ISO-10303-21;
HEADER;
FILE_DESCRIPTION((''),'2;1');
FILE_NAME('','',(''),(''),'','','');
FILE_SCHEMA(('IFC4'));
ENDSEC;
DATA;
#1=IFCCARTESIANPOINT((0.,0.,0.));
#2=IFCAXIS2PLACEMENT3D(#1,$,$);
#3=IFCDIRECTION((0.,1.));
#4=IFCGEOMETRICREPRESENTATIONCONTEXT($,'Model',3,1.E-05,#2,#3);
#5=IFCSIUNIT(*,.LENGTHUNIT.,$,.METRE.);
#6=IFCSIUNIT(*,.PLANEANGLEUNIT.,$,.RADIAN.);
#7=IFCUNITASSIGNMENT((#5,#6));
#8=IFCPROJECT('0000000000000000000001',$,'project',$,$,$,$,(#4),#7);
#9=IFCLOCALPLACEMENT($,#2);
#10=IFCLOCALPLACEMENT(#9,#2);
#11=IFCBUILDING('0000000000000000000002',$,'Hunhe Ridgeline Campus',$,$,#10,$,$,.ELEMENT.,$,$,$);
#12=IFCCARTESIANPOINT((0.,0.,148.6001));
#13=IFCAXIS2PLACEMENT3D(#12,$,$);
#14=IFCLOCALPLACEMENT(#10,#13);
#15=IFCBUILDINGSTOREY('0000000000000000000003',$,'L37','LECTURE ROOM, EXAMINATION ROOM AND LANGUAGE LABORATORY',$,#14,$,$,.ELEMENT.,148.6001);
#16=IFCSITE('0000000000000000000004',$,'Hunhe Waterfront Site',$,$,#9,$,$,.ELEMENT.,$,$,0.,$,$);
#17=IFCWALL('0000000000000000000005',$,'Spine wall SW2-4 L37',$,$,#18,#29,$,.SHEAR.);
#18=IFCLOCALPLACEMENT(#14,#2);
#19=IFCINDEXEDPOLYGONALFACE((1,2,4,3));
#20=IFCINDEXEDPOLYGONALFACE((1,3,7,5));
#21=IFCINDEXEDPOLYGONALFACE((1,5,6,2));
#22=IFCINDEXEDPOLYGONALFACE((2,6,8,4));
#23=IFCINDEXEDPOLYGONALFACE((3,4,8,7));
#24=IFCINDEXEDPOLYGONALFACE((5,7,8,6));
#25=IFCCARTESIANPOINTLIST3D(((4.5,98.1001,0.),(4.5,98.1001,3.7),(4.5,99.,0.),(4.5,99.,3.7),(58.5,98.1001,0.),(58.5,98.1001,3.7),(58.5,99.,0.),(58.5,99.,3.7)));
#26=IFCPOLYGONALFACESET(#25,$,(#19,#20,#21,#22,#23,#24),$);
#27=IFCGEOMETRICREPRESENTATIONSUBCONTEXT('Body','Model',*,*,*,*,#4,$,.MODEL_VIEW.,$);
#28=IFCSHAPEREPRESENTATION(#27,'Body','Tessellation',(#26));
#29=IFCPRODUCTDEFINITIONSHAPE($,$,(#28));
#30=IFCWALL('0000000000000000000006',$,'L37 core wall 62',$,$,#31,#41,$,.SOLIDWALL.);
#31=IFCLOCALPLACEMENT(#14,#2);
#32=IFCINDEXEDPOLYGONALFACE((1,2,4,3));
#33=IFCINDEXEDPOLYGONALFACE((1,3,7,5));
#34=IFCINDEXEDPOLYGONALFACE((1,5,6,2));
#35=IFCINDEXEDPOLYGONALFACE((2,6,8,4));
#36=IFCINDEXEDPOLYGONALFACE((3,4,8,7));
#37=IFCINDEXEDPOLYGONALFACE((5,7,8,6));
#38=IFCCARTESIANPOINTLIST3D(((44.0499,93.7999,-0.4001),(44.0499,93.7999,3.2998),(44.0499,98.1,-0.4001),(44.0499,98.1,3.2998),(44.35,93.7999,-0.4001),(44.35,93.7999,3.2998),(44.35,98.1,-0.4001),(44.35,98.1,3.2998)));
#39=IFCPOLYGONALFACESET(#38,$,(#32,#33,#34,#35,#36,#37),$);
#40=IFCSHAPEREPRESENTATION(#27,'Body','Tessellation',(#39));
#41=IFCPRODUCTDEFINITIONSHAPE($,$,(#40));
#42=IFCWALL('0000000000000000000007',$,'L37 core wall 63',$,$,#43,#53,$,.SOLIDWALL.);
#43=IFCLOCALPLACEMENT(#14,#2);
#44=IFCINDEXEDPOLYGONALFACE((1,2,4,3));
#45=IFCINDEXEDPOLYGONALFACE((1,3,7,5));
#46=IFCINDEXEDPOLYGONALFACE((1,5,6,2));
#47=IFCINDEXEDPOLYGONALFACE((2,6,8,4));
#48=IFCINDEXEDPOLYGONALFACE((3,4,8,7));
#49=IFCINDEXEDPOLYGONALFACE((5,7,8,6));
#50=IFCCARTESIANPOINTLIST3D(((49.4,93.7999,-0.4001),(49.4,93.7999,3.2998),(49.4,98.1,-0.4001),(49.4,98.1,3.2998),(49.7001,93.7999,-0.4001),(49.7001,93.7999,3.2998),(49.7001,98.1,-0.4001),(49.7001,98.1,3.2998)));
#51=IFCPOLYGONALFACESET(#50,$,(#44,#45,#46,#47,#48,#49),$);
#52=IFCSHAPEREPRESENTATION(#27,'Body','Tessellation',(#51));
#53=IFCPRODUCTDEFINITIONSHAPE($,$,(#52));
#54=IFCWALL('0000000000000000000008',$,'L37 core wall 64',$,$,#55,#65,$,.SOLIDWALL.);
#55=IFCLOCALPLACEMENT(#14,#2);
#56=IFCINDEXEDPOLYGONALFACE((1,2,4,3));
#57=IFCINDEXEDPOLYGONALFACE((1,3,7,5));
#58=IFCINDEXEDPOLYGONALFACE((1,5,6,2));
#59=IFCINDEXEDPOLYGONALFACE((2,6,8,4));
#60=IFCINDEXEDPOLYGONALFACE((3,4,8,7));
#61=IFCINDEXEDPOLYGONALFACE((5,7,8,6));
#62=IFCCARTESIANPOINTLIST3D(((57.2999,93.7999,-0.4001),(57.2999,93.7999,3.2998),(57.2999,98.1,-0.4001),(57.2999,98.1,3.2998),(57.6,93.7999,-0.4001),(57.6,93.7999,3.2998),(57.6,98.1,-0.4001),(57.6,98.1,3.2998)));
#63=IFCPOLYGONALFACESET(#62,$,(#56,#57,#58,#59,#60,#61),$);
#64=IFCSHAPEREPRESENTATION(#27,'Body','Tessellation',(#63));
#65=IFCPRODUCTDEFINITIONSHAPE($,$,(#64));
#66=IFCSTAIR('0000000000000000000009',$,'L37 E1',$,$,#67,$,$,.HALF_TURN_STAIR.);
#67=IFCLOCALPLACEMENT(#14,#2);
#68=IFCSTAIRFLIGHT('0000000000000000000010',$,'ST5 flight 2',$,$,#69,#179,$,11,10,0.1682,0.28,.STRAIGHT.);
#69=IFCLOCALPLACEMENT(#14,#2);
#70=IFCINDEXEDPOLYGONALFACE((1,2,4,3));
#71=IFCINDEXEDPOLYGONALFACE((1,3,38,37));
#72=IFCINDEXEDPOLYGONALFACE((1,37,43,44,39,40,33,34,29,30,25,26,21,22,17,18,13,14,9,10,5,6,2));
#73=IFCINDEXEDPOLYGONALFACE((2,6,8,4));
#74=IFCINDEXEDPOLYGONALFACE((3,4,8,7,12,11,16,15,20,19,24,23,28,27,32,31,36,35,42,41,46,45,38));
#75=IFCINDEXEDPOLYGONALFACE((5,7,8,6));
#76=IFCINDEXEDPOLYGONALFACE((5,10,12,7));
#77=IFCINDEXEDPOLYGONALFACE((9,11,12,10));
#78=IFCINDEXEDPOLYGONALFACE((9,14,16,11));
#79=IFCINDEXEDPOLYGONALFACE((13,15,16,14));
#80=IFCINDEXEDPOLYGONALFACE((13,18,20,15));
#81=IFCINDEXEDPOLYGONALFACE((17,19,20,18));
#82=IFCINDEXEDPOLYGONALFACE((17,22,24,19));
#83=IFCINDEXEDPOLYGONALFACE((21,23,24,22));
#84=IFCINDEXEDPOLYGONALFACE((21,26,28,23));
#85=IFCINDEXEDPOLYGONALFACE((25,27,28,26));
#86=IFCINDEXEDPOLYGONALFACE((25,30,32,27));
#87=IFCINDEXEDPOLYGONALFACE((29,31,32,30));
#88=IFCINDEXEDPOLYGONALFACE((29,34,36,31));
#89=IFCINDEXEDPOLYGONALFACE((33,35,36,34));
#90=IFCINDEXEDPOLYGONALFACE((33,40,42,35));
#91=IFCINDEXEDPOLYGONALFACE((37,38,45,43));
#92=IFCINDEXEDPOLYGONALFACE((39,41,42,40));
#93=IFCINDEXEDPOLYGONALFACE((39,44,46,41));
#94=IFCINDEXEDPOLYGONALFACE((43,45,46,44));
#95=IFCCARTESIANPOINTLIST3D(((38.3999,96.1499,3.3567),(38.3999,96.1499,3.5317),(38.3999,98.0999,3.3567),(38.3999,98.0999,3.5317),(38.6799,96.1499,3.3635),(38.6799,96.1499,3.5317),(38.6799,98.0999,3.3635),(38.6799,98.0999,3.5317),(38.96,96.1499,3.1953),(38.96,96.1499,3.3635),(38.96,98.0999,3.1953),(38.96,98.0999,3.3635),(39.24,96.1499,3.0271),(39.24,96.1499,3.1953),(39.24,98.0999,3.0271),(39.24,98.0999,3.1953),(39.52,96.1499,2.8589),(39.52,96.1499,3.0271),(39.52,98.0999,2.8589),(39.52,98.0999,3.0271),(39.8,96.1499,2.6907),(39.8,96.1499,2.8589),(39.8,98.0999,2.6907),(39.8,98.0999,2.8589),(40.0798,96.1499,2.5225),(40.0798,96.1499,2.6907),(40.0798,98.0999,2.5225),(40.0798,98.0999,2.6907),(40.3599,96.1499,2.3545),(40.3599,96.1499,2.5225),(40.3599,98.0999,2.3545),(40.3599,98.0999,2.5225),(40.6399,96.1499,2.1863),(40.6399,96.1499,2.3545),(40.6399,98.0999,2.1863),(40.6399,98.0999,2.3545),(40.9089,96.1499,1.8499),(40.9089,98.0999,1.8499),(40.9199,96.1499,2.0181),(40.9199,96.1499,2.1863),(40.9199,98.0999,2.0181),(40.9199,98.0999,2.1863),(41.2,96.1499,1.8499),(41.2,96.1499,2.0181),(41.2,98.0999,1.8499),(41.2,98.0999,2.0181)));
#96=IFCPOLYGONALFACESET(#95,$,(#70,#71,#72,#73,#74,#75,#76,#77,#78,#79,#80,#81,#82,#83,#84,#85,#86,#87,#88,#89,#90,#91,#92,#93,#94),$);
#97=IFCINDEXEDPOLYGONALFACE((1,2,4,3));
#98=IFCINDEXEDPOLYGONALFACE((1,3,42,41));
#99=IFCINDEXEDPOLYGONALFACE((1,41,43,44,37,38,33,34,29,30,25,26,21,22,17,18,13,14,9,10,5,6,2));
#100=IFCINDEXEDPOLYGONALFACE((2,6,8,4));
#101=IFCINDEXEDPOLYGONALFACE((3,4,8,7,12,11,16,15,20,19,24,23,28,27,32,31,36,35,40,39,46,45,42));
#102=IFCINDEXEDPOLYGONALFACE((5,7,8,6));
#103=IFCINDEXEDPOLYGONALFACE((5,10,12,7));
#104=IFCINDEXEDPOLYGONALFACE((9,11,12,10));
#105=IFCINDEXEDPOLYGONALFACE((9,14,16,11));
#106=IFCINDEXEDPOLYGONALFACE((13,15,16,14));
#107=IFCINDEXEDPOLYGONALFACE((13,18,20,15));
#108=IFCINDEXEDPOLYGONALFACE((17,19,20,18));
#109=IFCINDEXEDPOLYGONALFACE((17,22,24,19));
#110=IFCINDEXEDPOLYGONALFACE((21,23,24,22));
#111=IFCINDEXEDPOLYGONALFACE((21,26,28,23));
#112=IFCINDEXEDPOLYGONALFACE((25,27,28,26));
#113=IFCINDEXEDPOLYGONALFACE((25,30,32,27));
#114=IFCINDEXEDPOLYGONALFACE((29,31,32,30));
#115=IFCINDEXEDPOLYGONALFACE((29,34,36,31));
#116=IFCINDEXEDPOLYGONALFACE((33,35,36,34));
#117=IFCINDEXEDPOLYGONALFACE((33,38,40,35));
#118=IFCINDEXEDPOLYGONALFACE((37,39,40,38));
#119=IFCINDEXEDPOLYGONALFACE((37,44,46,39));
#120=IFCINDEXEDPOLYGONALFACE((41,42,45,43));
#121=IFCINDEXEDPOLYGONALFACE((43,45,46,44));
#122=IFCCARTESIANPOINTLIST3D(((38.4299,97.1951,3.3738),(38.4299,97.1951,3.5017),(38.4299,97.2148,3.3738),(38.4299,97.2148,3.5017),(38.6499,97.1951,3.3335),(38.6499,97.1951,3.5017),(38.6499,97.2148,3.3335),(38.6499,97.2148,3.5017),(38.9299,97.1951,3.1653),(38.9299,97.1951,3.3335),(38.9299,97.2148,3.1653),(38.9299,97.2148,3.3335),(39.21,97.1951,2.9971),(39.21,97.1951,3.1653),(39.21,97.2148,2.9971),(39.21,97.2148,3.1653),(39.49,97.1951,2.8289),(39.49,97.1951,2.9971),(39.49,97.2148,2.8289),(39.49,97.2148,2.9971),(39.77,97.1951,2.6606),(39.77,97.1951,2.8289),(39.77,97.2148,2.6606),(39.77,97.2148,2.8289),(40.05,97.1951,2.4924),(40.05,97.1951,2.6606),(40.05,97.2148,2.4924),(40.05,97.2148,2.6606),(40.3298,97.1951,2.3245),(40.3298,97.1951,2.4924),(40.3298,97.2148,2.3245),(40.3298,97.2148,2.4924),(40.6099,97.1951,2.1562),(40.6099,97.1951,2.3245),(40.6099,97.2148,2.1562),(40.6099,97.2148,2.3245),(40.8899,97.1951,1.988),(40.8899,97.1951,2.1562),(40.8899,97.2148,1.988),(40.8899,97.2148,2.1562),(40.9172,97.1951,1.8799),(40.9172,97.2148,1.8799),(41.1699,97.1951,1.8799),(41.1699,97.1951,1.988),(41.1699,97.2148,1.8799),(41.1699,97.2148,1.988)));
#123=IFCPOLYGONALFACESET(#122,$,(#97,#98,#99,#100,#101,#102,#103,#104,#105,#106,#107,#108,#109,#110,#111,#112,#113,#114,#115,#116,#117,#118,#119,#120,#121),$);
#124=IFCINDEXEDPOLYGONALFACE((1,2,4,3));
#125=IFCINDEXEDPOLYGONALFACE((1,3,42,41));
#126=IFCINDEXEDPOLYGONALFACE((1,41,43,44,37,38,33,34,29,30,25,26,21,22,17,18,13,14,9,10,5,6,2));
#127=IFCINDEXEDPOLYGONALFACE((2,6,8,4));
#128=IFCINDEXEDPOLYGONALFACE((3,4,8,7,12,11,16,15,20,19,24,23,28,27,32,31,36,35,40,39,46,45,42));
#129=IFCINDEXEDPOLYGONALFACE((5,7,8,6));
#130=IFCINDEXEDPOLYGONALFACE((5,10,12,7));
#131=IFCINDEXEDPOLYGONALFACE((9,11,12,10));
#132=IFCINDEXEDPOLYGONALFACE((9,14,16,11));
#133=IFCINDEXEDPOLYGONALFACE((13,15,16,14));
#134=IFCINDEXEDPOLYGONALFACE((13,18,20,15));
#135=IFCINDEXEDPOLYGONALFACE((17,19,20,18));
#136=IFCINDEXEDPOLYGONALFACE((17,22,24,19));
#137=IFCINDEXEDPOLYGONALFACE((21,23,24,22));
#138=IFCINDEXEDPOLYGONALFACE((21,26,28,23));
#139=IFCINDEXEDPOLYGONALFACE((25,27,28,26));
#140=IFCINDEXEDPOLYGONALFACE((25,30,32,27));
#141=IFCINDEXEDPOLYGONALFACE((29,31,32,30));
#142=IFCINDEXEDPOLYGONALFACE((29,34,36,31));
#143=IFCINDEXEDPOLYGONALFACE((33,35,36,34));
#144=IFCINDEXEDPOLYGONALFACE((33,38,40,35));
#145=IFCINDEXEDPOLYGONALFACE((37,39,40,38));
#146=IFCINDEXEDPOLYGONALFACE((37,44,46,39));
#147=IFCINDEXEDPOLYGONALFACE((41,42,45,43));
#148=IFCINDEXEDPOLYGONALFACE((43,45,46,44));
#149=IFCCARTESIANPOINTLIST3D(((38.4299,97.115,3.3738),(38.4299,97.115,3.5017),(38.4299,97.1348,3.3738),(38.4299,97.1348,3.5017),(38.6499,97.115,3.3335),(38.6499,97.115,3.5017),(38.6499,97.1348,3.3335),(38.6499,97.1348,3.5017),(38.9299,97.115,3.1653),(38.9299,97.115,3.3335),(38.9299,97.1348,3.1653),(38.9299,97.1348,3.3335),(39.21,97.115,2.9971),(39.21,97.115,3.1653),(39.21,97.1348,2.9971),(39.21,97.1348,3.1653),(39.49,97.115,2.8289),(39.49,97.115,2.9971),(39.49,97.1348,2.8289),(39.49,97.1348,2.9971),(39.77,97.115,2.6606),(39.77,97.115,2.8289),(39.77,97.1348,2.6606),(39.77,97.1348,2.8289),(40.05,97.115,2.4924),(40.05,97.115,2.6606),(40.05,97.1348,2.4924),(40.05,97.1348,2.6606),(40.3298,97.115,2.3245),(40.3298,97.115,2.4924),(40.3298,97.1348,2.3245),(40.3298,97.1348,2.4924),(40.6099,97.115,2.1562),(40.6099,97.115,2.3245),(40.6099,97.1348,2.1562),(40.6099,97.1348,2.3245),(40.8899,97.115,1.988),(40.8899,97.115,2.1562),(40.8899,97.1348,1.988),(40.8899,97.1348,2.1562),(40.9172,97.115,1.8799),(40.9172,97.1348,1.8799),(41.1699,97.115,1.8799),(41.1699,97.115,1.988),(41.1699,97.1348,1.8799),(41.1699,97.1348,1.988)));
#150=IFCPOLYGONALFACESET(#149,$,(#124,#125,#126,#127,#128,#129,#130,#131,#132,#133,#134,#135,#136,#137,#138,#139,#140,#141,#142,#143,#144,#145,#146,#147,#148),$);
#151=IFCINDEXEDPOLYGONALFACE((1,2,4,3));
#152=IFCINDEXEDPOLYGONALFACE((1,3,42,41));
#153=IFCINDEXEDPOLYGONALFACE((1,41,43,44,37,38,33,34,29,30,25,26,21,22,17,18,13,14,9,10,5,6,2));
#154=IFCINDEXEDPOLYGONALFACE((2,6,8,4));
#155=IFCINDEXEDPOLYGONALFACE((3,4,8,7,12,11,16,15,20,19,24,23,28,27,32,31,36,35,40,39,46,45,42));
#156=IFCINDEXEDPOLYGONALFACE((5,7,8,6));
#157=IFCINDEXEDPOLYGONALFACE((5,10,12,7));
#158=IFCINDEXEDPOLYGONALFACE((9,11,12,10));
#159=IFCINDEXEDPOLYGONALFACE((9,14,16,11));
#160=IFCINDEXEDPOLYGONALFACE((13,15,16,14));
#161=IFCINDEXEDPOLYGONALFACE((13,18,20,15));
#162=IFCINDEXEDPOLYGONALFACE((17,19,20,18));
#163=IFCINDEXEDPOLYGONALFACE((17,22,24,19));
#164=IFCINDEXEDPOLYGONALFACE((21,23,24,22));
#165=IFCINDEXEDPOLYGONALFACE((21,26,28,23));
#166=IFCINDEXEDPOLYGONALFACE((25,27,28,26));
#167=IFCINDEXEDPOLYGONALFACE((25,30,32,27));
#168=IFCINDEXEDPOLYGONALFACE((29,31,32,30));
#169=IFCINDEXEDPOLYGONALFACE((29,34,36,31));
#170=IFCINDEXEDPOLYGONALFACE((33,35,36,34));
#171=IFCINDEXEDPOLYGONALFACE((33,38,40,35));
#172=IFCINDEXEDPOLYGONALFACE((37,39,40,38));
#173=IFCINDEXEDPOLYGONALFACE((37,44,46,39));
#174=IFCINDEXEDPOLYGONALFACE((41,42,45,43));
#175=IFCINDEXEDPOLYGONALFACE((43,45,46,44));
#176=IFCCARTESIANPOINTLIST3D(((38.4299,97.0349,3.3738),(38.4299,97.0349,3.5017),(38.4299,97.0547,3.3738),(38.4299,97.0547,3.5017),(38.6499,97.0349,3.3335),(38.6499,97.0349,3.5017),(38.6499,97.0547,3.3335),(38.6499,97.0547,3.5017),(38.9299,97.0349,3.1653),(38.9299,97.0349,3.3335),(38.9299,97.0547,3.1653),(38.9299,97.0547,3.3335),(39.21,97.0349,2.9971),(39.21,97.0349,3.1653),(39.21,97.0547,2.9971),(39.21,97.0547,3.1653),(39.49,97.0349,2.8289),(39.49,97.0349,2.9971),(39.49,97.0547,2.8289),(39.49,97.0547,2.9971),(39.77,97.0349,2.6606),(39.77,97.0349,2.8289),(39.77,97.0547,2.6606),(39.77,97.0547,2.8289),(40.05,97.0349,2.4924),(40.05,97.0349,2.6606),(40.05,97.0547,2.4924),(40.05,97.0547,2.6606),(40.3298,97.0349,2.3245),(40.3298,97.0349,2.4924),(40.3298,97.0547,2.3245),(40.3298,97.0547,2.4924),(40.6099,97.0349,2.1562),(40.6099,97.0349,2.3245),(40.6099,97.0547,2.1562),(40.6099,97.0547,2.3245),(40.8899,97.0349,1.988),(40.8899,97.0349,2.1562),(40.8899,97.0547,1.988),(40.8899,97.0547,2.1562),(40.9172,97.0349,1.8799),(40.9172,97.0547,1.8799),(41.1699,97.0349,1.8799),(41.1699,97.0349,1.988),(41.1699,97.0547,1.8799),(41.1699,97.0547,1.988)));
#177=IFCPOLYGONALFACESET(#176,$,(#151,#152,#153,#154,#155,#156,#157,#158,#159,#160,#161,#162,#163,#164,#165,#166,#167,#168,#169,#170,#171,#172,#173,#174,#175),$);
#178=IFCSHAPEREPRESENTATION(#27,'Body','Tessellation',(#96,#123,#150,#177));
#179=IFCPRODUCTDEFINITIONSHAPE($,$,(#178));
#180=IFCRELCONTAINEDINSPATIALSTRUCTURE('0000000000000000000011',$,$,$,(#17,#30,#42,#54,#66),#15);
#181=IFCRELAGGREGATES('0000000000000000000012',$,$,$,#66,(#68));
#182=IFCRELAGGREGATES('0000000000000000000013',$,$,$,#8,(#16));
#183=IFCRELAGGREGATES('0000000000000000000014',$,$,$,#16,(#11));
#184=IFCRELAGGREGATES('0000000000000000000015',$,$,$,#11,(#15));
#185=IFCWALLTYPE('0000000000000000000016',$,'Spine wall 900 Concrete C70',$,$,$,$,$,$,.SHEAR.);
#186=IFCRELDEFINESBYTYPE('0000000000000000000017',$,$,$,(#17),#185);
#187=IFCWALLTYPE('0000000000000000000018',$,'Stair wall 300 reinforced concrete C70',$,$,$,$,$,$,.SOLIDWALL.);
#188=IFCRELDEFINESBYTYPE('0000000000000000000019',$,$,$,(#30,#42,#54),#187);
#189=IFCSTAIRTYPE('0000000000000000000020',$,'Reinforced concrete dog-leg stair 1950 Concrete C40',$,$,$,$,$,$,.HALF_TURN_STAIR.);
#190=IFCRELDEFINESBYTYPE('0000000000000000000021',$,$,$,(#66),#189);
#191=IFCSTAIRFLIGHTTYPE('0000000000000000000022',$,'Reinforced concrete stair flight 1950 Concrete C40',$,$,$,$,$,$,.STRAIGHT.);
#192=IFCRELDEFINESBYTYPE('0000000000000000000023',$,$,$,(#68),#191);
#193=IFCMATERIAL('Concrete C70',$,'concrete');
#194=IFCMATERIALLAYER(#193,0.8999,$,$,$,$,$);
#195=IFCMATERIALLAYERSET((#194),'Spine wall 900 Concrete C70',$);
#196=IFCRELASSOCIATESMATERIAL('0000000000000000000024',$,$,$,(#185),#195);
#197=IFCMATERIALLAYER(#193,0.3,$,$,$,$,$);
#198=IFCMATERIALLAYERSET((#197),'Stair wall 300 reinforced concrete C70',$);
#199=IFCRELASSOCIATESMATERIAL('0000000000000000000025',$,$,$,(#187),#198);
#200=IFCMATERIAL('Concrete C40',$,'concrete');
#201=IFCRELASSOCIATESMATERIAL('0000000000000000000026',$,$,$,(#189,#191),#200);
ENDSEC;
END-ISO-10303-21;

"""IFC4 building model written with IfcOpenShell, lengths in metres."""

from ifc_helpers import new_model, si_unit, direction, frame, frame_2d, origin, place, context, subcontext, project, spatial, polyline, rectangle, outline, extrude, material, layer, layer_set, type_object, element, aggregate, save


model = new_model("IFC4")

# Units and contexts
model_context = context("Model", 3, precision=1e-05, world=origin(), true_north=direction((0.0, 1.0)))
body_context = subcontext(model_context, "Body", "Model", "MODEL_VIEW")
ifc_project = project(units=[si_unit("LENGTHUNIT", "METRE"), si_unit("PLANEANGLEUNIT", "RADIAN")], contexts=[model_context])

# Site, building, storey
site_placement = place(None, origin())
site = spatial("IfcSite", under=ifc_project, at=site_placement, Name="Hunhe Waterfront Site", CompositionType="ELEMENT", RefElevation=0.0)
building_placement = place(site_placement, origin())
building = spatial("IfcBuilding", under=site, at=building_placement, Name="Hunhe Ridgeline Campus", CompositionType="ELEMENT")
storey_placement = place(building_placement, frame((0.0, 0.0, 148.6001)))
storey = spatial("IfcBuildingStorey", under=building, at=storey_placement, Name="L37", Description="LECTURE ROOM, EXAMINATION ROOM AND LANGUAGE LABORATORY", CompositionType="ELEMENT", Elevation=148.6001)

# Shared definitions
ifc_material_1 = material(Name="Concrete C70", Category="concrete")

# Wall
ifc_layer_1 = layer(ifc_material_1, 0.8999)
ifc_layer_set_1 = layer_set([ifc_layer_1], Name="Spine wall 900 Concrete C70")
wall_type_1 = type_object("IfcWallType", Name="Spine wall 900 Concrete C70", PredefinedType="SHEAR", material=ifc_layer_set_1)
wall_1_placement = place(storey_placement, frame((58.5, 98.55, 0.0), z_axis=(0.0, 0.0, 1.0), x_axis=(-1.0, 0.0, 0.0)))
element("IfcWall", 1, at=wall_1_placement, inside=storey, type_object=wall_type_1, Name="Spine wall SW2-4 L37", PredefinedType="SHEAR", context=body_context, shape_type="SweptSolid", body=[
    extrude(rectangle(XDim=54.0, YDim=0.8999, at=frame_2d((27.0, 0.0))), origin(), (0.0, 0.0, 1.0), 3.7),
])

# Shared definitions
ifc_layer_2 = layer(ifc_material_1, 0.3)
ifc_layer_set_2 = layer_set([ifc_layer_2], Name="Stair wall 300 reinforced concrete C70")
wall_type_2 = type_object("IfcWallType", Name="Stair wall 300 reinforced concrete C70", PredefinedType="SOLIDWALL", material=ifc_layer_set_2)

# Walls
for number, where, z_axis, x_axis, name in (
    (2, (44.2, 93.8, -0.4001), (0.0, 0.0, 1.0), (0.0, 1.0, 0.0), "L37 core wall 62"),
    (3, (49.55, 93.8, -0.4001), (0.0, 0.0, 1.0), (0.0, 1.0, 0.0), "L37 core wall 63"),
    (4, (57.45, 93.8, -0.4001), (0.0, 0.0, 1.0), (0.0, 1.0, 0.0), "L37 core wall 64"),
):
    element("IfcWall", number, at=place(storey_placement, frame(where, z_axis=z_axis, x_axis=x_axis)), inside=storey, type_object=wall_type_2, Name=name, PredefinedType="SOLIDWALL", context=body_context, shape_type="SweptSolid", body=[
        extrude(rectangle(XDim=4.3, YDim=0.3, at=frame_2d((2.1499, 0.0))), origin(), (0.0, 0.0, 1.0), 3.7),
    ])

# Stair, stair flight
ifc_material_2 = material(Name="Concrete C40", Category="concrete")
stair_type = type_object("IfcStairType", Name="Reinforced concrete dog-leg stair 1950 Concrete C40", PredefinedType="HALF_TURN_STAIR", material=ifc_material_2)
stair_1_placement = place(storey_placement, origin())
stair_1 = element("IfcStair", 5, at=stair_1_placement, inside=storey, type_object=stair_type, Name="L37 E1", PredefinedType="HALF_TURN_STAIR")
stair_flight_type = type_object("IfcStairFlightType", Name="Reinforced concrete stair flight 1950 Concrete C40", PredefinedType="STRAIGHT", material=ifc_material_2)
stair_flight_1_placement = place(storey_placement, frame((41.2, 97.125, 1.8499), z_axis=(0.0, 0.0, 1.0), x_axis=(-1.0, 0.0, 0.0)))
stair_flight_1 = element("IfcStairFlight", 6, at=stair_flight_1_placement, type_object=stair_flight_type, Name="ST5 flight 2", NumberOfRisers=11, NumberOfTreads=10, PredefinedType="STRAIGHT", RiserHeight=0.1682, TreadLength=0.28, context=body_context, shape_type="SweptSolid", body=[
    extrude(outline(polyline([(0.0, 0.0), (0.0, 0.1682), (0.28, 0.1682), (0.28, 0.3364), (0.5601, 0.3364), (0.5601, 0.5046), (0.8401, 0.5046), (0.8401, 0.6726), (1.1201, 0.6726), (1.1201, 0.8408), (1.3999, 0.8408), (1.3999, 1.009), (1.6799, 1.009), (1.6799, 1.1772), (1.96, 1.1772), (1.96, 1.3455), (2.24, 1.3455), (2.24, 1.5137), (2.52, 1.5137), (2.52, 1.6819), (2.8, 1.6819), (2.8, 1.8501), (2.8, 1.5068), (0.291, 0.0), (0.0, 0.0)])), frame((0.0, 0.9751, 0.0), z_axis=(0.0, -1.0, 0.0), x_axis=(1.0, 0.0, 0.0)), (0.0, 0.0, 1.0), 1.95),
    extrude(outline(polyline([(0.03, 0.03), (0.03, 0.1382), (0.3101, 0.1382), (0.3101, 0.3064), (0.5901, 0.3064), (0.5901, 0.4746), (0.8701, 0.4746), (0.8701, 0.6426), (1.1499, 0.6426), (1.1499, 0.8108), (1.4299, 0.8108), (1.4299, 0.979), (1.71, 0.979), (1.71, 1.1472), (1.99, 1.1472), (1.99, 1.3154), (2.27, 1.3154), (2.27, 1.4836), (2.55, 1.4836), (2.55, 1.6519), (2.77, 1.6519), (2.77, 1.5239), (0.2827, 0.03), (0.03, 0.03)])), frame((0.0, -0.0701, 0.0), z_axis=(0.0, -1.0, 0.0), x_axis=(1.0, 0.0, 0.0)), (0.0, 0.0, 1.0), 0.0198),
    extrude(outline(polyline([(0.03, 0.03), (0.03, 0.1382), (0.3101, 0.1382), (0.3101, 0.3064), (0.5901, 0.3064), (0.5901, 0.4746), (0.8701, 0.4746), (0.8701, 0.6426), (1.1499, 0.6426), (1.1499, 0.8108), (1.4299, 0.8108), (1.4299, 0.979), (1.71, 0.979), (1.71, 1.1472), (1.99, 1.1472), (1.99, 1.3154), (2.27, 1.3154), (2.27, 1.4836), (2.55, 1.4836), (2.55, 1.6519), (2.77, 1.6519), (2.77, 1.5239), (0.2827, 0.03), (0.03, 0.03)])), frame((0.0, 0.01, 0.0), z_axis=(0.0, -1.0, 0.0), x_axis=(1.0, 0.0, 0.0)), (0.0, 0.0, 1.0), 0.0198),
    extrude(outline(polyline([(0.03, 0.03), (0.03, 0.1382), (0.3101, 0.1382), (0.3101, 0.3064), (0.5901, 0.3064), (0.5901, 0.4746), (0.8701, 0.4746), (0.8701, 0.6426), (1.1499, 0.6426), (1.1499, 0.8108), (1.4299, 0.8108), (1.4299, 0.979), (1.71, 0.979), (1.71, 1.1472), (1.99, 1.1472), (1.99, 1.3154), (2.27, 1.3154), (2.27, 1.4836), (2.55, 1.4836), (2.55, 1.6519), (2.77, 1.6519), (2.77, 1.5239), (0.2827, 0.03), (0.03, 0.03)])), frame((0.0, 0.0901, 0.0), z_axis=(0.0, -1.0, 0.0), x_axis=(1.0, 0.0, 0.0)), (0.0, 0.0, 1.0), 0.0198),
])
aggregate(stair_1, [stair_flight_1])

save(model, "model.ifc")
